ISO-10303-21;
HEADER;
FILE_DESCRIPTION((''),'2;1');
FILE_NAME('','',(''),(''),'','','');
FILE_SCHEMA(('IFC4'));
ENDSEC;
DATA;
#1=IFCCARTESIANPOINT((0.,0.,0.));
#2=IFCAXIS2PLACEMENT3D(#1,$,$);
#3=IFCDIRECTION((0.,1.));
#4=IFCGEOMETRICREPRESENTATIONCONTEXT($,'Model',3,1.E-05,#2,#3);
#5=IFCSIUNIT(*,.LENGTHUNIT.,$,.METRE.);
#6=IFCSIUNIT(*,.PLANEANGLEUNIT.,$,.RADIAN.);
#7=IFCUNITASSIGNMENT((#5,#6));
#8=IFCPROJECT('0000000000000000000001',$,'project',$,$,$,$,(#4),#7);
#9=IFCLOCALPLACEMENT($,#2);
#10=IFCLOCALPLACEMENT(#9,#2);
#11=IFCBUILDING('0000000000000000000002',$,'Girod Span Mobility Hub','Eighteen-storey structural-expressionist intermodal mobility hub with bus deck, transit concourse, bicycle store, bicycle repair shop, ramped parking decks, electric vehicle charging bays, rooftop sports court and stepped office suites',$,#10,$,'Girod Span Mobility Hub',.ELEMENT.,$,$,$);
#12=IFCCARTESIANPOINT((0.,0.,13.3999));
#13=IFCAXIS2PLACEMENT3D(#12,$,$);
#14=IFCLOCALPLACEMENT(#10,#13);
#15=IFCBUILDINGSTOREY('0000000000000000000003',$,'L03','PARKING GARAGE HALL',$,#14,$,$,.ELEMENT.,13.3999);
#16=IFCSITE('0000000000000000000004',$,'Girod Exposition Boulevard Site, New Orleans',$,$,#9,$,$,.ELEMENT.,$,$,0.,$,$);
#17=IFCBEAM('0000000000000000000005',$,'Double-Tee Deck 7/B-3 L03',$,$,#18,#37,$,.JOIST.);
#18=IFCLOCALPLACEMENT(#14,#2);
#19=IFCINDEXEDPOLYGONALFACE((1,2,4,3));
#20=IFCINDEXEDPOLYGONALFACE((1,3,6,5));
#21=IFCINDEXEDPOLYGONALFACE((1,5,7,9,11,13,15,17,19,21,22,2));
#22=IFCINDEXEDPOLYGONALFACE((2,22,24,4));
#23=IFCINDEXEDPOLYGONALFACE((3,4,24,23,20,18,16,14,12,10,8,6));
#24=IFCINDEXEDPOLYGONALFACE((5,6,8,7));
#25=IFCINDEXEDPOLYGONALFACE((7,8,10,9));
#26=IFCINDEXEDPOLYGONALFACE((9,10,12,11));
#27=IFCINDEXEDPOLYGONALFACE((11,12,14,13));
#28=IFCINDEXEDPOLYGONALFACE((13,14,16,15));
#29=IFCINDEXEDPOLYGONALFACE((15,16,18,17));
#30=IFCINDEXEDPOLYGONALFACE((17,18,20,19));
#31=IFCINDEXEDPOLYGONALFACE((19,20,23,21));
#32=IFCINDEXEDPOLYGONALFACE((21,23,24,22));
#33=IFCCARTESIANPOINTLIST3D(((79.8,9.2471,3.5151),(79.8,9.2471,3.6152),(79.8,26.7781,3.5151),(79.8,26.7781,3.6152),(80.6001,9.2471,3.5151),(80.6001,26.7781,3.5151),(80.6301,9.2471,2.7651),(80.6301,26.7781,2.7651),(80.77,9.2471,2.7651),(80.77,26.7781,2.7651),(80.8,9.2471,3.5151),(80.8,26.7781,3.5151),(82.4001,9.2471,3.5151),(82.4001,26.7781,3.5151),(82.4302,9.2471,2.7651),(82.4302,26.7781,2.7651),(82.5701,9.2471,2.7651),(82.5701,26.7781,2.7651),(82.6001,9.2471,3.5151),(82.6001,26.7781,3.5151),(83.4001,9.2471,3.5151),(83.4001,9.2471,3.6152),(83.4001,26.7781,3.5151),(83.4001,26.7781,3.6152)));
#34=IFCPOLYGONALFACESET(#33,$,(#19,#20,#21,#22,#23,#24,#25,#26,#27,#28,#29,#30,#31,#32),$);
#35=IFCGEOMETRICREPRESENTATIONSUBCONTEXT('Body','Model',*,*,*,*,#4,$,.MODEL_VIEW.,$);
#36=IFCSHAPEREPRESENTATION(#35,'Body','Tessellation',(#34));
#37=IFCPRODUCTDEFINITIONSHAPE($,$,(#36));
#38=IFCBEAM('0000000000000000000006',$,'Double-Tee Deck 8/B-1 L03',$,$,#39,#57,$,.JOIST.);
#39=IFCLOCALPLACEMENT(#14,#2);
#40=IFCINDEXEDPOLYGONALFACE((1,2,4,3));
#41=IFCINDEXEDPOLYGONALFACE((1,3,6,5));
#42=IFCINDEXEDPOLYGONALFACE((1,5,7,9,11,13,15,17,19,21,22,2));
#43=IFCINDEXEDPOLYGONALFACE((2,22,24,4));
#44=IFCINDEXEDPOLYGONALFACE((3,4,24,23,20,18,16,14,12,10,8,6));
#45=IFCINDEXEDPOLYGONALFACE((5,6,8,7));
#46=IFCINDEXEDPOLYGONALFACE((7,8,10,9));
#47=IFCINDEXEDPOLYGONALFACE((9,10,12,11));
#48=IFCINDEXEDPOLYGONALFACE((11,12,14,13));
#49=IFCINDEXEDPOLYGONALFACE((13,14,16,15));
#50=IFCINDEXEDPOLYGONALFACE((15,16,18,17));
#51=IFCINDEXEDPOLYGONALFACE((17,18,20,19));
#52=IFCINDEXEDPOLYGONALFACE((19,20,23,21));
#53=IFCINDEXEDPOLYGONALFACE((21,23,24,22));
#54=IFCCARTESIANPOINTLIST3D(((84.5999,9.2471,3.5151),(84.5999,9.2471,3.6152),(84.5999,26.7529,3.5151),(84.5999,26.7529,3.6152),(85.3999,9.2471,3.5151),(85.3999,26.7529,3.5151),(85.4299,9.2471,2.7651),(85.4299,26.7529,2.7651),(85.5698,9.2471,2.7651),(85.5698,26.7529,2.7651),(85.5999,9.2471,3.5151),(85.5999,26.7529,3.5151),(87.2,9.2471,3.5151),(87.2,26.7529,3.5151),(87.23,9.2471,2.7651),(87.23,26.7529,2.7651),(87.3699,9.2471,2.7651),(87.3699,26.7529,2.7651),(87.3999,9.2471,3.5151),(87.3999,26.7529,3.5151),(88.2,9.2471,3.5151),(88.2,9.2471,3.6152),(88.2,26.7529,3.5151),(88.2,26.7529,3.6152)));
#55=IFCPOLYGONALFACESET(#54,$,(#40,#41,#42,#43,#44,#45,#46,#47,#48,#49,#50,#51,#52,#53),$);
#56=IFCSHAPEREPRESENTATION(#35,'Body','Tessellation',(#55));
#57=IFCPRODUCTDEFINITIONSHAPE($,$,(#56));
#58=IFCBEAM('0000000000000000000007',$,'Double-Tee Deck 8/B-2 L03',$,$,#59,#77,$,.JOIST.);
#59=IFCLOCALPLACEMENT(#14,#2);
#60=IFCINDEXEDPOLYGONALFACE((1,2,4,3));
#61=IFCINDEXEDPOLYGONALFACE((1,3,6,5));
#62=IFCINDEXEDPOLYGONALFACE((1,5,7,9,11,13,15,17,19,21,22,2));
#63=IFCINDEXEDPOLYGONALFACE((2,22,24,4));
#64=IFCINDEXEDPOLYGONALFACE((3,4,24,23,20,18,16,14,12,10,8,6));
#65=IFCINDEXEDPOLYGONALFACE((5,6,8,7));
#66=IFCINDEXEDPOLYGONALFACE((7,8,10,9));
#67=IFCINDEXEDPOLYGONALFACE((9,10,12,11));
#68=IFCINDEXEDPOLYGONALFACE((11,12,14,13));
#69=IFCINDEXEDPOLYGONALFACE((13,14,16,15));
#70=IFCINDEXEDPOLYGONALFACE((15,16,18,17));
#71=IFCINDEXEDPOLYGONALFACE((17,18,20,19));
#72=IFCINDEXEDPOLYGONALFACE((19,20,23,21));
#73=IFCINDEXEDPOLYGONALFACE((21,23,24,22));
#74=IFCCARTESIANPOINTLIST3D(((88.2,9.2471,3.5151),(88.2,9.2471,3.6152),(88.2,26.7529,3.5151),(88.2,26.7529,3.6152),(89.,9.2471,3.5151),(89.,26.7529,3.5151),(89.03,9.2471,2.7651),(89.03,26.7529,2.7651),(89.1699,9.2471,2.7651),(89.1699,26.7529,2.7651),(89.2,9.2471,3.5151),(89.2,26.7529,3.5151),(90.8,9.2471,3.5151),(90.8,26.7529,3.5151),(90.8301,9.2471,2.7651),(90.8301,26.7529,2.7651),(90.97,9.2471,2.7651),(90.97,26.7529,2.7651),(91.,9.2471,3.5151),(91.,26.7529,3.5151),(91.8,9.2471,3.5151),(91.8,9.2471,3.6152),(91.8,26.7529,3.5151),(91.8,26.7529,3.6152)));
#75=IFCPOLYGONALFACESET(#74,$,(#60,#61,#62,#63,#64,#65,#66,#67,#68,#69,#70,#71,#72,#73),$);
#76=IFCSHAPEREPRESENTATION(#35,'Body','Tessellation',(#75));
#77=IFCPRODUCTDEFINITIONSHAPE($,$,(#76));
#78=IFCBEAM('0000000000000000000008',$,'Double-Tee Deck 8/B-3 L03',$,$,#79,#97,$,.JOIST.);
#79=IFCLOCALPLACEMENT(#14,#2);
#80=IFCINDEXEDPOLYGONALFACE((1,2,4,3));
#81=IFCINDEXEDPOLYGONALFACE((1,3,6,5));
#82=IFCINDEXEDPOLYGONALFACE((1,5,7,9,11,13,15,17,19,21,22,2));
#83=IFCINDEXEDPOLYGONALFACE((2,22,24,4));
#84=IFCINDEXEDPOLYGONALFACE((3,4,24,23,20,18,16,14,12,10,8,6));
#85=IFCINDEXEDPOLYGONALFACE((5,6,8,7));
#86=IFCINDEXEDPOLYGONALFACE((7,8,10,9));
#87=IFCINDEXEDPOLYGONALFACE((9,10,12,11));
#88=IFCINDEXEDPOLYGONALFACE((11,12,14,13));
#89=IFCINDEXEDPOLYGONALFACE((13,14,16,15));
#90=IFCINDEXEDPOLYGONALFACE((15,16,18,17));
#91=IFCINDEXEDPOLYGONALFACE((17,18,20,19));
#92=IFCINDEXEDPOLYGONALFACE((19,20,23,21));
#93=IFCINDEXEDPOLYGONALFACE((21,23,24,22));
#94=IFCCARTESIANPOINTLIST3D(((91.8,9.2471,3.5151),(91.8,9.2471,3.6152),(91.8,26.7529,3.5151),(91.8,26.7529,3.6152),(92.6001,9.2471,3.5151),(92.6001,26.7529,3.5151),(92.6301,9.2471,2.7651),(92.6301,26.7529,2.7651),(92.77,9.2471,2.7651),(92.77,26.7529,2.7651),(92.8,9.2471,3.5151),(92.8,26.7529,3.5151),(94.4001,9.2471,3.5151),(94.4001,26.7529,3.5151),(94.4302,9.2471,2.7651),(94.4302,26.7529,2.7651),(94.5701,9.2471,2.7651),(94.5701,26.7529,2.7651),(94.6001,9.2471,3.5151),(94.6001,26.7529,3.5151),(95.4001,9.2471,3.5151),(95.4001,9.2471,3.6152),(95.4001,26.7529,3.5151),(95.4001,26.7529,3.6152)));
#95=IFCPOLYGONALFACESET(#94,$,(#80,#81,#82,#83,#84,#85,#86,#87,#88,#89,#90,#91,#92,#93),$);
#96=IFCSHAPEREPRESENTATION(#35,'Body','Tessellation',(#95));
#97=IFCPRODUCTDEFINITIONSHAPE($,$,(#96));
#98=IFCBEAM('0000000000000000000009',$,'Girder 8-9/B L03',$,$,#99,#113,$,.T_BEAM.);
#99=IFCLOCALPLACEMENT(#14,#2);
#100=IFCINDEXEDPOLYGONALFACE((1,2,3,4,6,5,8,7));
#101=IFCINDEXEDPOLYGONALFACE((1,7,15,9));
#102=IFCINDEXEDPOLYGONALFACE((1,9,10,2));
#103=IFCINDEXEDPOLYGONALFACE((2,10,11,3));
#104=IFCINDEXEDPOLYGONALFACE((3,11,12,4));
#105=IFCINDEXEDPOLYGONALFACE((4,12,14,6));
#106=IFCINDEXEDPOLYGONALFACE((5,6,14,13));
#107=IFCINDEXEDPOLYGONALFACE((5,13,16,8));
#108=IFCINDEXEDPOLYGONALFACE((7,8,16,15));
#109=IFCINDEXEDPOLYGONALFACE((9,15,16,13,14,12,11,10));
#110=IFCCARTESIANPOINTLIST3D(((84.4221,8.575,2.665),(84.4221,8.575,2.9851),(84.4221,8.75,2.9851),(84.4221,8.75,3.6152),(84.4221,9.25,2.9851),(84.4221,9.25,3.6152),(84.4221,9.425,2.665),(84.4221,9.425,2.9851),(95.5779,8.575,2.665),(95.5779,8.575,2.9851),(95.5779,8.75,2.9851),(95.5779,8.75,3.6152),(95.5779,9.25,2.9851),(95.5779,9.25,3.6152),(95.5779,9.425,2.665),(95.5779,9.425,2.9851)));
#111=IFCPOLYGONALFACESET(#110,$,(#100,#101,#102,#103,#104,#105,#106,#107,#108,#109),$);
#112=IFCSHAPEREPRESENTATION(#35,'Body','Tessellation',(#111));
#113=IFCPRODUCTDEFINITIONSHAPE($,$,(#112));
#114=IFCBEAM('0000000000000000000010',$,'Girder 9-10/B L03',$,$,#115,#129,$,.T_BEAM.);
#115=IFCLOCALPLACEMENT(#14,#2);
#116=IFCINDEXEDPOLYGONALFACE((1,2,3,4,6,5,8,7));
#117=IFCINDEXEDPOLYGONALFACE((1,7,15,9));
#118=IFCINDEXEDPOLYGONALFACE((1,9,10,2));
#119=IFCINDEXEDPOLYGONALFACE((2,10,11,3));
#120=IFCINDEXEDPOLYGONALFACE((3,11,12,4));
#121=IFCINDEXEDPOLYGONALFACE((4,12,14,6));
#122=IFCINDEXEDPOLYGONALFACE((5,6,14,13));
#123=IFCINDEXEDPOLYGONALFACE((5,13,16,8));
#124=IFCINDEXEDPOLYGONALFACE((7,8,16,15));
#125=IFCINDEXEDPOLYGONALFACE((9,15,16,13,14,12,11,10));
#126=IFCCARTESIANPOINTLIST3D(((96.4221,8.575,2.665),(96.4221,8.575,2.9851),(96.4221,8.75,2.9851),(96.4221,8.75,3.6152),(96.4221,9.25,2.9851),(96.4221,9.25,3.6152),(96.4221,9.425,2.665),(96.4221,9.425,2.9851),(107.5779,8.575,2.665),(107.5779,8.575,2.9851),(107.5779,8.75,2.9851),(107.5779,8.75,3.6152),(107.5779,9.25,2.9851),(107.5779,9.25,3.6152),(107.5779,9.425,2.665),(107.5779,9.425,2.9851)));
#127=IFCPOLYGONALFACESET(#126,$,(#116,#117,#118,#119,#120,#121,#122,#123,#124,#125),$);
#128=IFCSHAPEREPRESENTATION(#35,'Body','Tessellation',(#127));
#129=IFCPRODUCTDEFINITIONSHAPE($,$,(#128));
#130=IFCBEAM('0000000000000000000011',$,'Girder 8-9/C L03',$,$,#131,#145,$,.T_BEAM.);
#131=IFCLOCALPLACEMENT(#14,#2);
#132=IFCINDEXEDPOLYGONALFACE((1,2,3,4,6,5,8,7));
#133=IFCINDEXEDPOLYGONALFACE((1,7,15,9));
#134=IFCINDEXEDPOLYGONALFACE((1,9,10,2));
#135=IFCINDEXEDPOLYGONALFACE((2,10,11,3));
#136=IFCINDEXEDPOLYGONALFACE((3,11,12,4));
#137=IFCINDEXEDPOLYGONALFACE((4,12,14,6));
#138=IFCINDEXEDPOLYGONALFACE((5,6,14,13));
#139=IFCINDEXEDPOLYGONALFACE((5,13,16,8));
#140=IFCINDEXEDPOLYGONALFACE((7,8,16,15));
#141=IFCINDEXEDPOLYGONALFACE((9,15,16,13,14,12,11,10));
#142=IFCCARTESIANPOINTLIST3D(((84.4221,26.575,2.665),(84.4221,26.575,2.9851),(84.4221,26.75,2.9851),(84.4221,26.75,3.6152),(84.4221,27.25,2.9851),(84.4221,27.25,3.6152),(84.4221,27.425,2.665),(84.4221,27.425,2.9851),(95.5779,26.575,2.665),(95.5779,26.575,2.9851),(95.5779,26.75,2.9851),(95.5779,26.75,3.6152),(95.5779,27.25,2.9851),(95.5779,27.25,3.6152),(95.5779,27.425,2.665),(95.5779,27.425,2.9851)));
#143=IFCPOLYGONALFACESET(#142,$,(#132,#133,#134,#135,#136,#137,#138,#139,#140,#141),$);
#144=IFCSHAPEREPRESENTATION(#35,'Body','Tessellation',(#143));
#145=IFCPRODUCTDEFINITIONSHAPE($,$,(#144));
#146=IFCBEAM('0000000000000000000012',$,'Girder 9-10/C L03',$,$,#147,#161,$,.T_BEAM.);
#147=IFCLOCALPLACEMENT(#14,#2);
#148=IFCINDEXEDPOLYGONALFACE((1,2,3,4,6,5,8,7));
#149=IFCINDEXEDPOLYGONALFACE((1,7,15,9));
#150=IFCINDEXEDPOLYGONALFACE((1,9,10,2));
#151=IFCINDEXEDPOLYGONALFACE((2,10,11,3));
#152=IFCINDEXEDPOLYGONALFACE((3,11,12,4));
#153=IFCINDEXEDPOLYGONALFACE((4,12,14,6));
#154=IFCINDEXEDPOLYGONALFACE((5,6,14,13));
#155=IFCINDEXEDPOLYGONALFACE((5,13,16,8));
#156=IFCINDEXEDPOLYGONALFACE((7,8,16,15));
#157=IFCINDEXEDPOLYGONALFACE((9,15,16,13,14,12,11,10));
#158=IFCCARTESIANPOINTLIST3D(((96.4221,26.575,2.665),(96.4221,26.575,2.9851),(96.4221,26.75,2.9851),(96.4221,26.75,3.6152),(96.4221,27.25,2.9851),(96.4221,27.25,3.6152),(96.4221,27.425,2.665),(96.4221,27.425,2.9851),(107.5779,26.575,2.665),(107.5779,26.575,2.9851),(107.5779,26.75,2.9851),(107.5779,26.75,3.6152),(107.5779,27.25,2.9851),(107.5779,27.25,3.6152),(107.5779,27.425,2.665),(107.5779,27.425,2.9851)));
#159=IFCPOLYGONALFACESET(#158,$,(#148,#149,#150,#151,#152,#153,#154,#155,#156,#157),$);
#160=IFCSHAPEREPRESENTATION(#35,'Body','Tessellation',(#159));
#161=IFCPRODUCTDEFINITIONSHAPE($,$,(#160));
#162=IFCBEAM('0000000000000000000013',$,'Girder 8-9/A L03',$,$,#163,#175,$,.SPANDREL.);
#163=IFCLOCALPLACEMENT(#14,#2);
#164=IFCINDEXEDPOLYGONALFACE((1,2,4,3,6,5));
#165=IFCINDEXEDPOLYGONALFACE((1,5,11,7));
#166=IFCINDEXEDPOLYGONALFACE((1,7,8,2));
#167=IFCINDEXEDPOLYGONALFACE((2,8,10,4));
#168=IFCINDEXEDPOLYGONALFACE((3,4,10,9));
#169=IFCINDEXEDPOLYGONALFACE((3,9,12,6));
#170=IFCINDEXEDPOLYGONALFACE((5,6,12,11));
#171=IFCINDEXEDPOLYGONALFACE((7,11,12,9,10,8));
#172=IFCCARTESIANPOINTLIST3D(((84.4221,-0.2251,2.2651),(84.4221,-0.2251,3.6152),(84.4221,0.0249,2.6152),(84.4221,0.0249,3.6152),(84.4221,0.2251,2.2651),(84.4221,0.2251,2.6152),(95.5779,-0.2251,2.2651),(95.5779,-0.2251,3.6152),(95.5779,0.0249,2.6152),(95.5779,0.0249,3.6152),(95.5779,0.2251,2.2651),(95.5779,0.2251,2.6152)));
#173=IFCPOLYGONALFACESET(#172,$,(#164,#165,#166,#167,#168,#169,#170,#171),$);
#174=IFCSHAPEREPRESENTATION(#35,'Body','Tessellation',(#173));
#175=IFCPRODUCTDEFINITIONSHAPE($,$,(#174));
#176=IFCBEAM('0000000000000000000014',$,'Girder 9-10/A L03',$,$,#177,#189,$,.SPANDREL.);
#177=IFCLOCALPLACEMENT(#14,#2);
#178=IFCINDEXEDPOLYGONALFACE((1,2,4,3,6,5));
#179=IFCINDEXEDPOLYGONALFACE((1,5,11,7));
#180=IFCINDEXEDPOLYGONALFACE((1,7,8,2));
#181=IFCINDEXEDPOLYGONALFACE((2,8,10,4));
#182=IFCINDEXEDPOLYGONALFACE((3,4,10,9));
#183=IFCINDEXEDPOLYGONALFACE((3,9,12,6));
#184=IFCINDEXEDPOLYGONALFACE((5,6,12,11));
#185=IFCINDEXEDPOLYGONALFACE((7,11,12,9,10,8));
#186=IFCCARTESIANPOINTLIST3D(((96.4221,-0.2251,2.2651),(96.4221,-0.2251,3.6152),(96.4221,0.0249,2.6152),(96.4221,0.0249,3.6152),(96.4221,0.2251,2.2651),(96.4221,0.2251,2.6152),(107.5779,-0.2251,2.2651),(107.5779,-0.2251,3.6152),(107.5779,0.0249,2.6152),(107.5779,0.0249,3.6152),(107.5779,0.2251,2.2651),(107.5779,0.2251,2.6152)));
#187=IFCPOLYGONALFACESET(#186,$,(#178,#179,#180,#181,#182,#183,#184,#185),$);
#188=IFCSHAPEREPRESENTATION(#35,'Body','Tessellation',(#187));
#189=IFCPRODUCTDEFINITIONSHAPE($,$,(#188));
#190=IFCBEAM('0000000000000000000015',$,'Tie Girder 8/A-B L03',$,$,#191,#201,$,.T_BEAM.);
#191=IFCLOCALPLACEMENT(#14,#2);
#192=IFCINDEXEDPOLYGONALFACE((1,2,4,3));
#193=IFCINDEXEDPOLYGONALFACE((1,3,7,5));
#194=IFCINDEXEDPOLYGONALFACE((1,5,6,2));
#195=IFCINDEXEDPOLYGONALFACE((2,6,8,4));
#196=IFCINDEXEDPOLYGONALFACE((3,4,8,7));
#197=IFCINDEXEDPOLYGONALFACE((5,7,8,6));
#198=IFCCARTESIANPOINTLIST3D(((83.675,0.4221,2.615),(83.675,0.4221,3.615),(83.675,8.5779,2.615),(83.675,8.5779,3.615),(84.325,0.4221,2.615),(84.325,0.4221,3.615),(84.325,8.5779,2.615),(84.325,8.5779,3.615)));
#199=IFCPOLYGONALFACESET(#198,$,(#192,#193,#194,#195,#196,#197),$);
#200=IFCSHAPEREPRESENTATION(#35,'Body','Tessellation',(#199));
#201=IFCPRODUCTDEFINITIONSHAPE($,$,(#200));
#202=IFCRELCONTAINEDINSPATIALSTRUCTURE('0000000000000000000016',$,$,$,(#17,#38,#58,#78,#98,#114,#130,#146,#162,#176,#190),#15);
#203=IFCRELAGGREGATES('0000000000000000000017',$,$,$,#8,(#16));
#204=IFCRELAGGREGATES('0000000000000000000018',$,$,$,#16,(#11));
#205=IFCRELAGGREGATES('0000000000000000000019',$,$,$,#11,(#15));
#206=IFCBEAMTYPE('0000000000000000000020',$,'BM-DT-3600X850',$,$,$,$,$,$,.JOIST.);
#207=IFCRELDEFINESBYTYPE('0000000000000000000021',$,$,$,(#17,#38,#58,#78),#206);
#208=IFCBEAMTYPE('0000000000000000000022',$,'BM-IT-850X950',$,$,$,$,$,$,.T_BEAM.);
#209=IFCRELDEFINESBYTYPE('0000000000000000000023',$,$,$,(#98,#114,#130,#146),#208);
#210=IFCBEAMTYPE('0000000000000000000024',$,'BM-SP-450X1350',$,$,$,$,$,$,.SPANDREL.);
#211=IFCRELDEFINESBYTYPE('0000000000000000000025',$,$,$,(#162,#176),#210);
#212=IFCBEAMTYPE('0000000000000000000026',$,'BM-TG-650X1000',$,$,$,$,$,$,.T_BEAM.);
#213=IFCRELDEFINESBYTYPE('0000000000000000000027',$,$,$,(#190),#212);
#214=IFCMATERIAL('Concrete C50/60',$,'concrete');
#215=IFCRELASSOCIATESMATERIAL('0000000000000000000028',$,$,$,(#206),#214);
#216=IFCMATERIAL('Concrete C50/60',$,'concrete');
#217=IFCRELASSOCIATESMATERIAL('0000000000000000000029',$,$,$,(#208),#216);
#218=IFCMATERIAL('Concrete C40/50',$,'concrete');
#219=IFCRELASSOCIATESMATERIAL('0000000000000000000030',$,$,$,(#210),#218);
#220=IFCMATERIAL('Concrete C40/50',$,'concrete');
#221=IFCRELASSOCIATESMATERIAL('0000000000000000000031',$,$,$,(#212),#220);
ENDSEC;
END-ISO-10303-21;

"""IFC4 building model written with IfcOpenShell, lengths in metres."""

from ifc_helpers import new_model, si_unit, direction, frame, origin, origin_2d, place, context, subcontext, project, spatial, polyline, rectangle, outline, extrude, material, material_profile, profile_set, type_object, element, save


model = new_model("IFC4")

# Units and contexts
model_context = context("Model", 3, precision=1e-05, world=origin(), true_north=direction((0.0, 1.0)))
body_context = subcontext(model_context, "Body", "Model", "MODEL_VIEW")
ifc_project = project(units=[si_unit("LENGTHUNIT", "METRE"), si_unit("PLANEANGLEUNIT", "RADIAN")], contexts=[model_context])

# Site, building, storey
site_placement = place(None, origin())
site = spatial("IfcSite", under=ifc_project, at=site_placement, Name="Girod Exposition Boulevard Site, New Orleans", CompositionType="ELEMENT", RefElevation=0.0)
building_placement = place(site_placement, origin())
building = spatial("IfcBuilding", under=site, at=building_placement, Name="Girod Span Mobility Hub", Description="Eighteen-storey structural-expressionist intermodal mobility hub with bus deck, transit concourse, bicycle store, bicycle repair shop, ramped parking decks, electric vehicle charging bays, rooftop sports court and stepped office suites", LongName="Girod Span Mobility Hub", CompositionType="ELEMENT")
storey_placement = place(building_placement, frame((0.0, 0.0, 13.3999)))
storey = spatial("IfcBuildingStorey", under=building, at=storey_placement, Name="L03", Description="PARKING GARAGE HALL", CompositionType="ELEMENT", Elevation=13.3999)

# Beams
ifc_material_1 = material(Name="Concrete C50/60", Category="concrete")
ifc_material_profile_1 = material_profile(ifc_material_1, outline(polyline([(-1.8, 0.425), (-1.8, 0.325), (-1.0, 0.325), (-0.97, -0.425), (-0.8301, -0.425), (-0.8, 0.325), (0.8, 0.325), (0.8301, -0.425), (0.97, -0.425), (1.0, 0.325), (1.8, 0.325), (1.8, 0.425), (-1.8, 0.425)])), Name="DT-3600X850")
ifc_profile_set_1 = profile_set([ifc_material_profile_1], Name="Concrete C50/60")
beam_type_1 = type_object("IfcBeamType", Name="BM-DT-3600X850", PredefinedType="JOIST", material=ifc_profile_set_1)
beam_1_placement = place(storey_placement, frame((81.6001, 9.2471, 3.1902), z_axis=(0.0, 1.0, 0.0), x_axis=(-1.0, 0.0, 0.0)))
element("IfcBeam", 1, at=beam_1_placement, inside=storey, type_object=beam_type_1, Name="Double-Tee Deck 7/B-3 L03", PredefinedType="JOIST", context=body_context, shape_type="SweptSolid", body=[
    extrude(outline(polyline([(-1.8, 0.425), (-1.8, 0.325), (-1.0, 0.325), (-0.97, -0.425), (-0.8301, -0.425), (-0.8, 0.325), (0.8, 0.325), (0.8301, -0.425), (0.97, -0.425), (1.0, 0.325), (1.8, 0.325), (1.8, 0.425), (-1.8, 0.425)])), origin(), (0.0, 0.0, 1.0), 17.531),
])
for number, where, z_axis, x_axis, name in (
    (2, (86.3999, 9.2471, 3.1902), (0.0, 1.0, 0.0), (-1.0, 0.0, 0.0), "Double-Tee Deck 8/B-1 L03"),
    (3, (90.0, 9.2471, 3.1902), (0.0, 1.0, 0.0), (-1.0, 0.0, 0.0), "Double-Tee Deck 8/B-2 L03"),
    (4, (93.6001, 9.2471, 3.1902), (0.0, 1.0, 0.0), (-1.0, 0.0, 0.0), "Double-Tee Deck 8/B-3 L03"),
):
    element("IfcBeam", number, at=place(storey_placement, frame(where, z_axis=z_axis, x_axis=x_axis)), inside=storey, type_object=beam_type_1, Name=name, PredefinedType="JOIST", context=body_context, shape_type="SweptSolid", body=[
        extrude(outline(polyline([(-1.8, 0.425), (-1.8, 0.325), (-1.0, 0.325), (-0.97, -0.425), (-0.8301, -0.425), (-0.8, 0.325), (0.8, 0.325), (0.8301, -0.425), (0.97, -0.425), (1.0, 0.325), (1.8, 0.325), (1.8, 0.425), (-1.8, 0.425)])), origin(), (0.0, 0.0, 1.0), 17.5059),
    ])
ifc_material_2 = material(Name="Concrete C50/60", Category="concrete")
ifc_material_profile_2 = material_profile(ifc_material_2, outline(polyline([(-0.425, -0.4751), (0.425, -0.4751), (0.425, -0.155), (0.25, -0.155), (0.25, 0.4751), (-0.25, 0.4751), (-0.25, -0.155), (-0.425, -0.155), (-0.425, -0.4751)])), Name="IT-850X950")
ifc_profile_set_2 = profile_set([ifc_material_profile_2], Name="Concrete C50/60")
beam_type_2 = type_object("IfcBeamType", Name="BM-IT-850X950", PredefinedType="T_BEAM", material=ifc_profile_set_2)
for number, where, z_axis, x_axis, name in (
    (5, (84.4221, 9.0, 3.1401), (1.0, 0.0, 0.0), (0.0, 1.0, 0.0), "Girder 8-9/B L03"),
    (6, (96.4221, 9.0, 3.1401), (1.0, 0.0, 0.0), (0.0, 1.0, 0.0), "Girder 9-10/B L03"),
    (7, (84.4221, 27.0, 3.1401), (1.0, 0.0, 0.0), (0.0, 1.0, 0.0), "Girder 8-9/C L03"),
    (8, (96.4221, 27.0, 3.1401), (1.0, 0.0, 0.0), (0.0, 1.0, 0.0), "Girder 9-10/C L03"),
):
    element("IfcBeam", number, at=place(storey_placement, frame(where, z_axis=z_axis, x_axis=x_axis)), inside=storey, type_object=beam_type_2, Name=name, PredefinedType="T_BEAM", context=body_context, shape_type="SweptSolid", body=[
        extrude(outline(polyline([(-0.425, -0.4751), (0.425, -0.4751), (0.425, -0.155), (0.25, -0.155), (0.25, 0.4751), (-0.25, 0.4751), (-0.25, -0.155), (-0.425, -0.155), (-0.425, -0.4751)])), origin(), (0.0, 0.0, 1.0), 11.1558),
    ])
ifc_material_3 = material(Name="Concrete C40/50", Category="concrete")
ifc_material_profile_3 = material_profile(ifc_material_3, outline(polyline([(-0.2251, -0.675), (0.2251, -0.675), (0.2251, -0.325), (0.0249, -0.325), (0.0249, 0.675), (-0.2251, 0.675), (-0.2251, -0.675)])), Name="SP-450X1350")
ifc_profile_set_3 = profile_set([ifc_material_profile_3], Name="Concrete C40/50")
beam_type_3 = type_object("IfcBeamType", Name="BM-SP-450X1350", PredefinedType="SPANDREL", material=ifc_profile_set_3)
for number, where, z_axis, x_axis, name in (
    (9, (84.4221, 0.0, 2.9402), (1.0, 0.0, 0.0), (0.0, 1.0, 0.0), "Girder 8-9/A L03"),
    (10, (96.4221, 0.0, 2.9402), (1.0, 0.0, 0.0), (0.0, 1.0, 0.0), "Girder 9-10/A L03"),
):
    element("IfcBeam", number, at=place(storey_placement, frame(where, z_axis=z_axis, x_axis=x_axis)), inside=storey, type_object=beam_type_3, Name=name, PredefinedType="SPANDREL", context=body_context, shape_type="SweptSolid", body=[
        extrude(outline(polyline([(-0.2251, -0.675), (0.2251, -0.675), (0.2251, -0.325), (0.0249, -0.325), (0.0249, 0.675), (-0.2251, 0.675), (-0.2251, -0.675)])), origin(), (0.0, 0.0, 1.0), 11.1558),
    ])
ifc_material_4 = material(Name="Concrete C40/50", Category="concrete")
ifc_material_profile_4 = material_profile(ifc_material_4, rectangle(XDim=0.6499, YDim=1.0, at=origin_2d()), Name="TG-650X1000")
ifc_profile_set_4 = profile_set([ifc_material_profile_4], Name="Concrete C40/50")
beam_type_4 = type_object("IfcBeamType", Name="BM-TG-650X1000", PredefinedType="T_BEAM", material=ifc_profile_set_4)
beam_2_placement = place(storey_placement, frame((84.0, 0.4221, 3.115), z_axis=(0.0, 1.0, 0.0), x_axis=(-1.0, 0.0, 0.0)))
element("IfcBeam", 11, at=beam_2_placement, inside=storey, type_object=beam_type_4, Name="Tie Girder 8/A-B L03", PredefinedType="T_BEAM", context=body_context, shape_type="SweptSolid", body=[
    extrude(rectangle(XDim=0.6499, YDim=1.0, at=origin_2d()), origin(), (0.0, 0.0, 1.0), 8.1558),
])

save(model, "model.ifc")
